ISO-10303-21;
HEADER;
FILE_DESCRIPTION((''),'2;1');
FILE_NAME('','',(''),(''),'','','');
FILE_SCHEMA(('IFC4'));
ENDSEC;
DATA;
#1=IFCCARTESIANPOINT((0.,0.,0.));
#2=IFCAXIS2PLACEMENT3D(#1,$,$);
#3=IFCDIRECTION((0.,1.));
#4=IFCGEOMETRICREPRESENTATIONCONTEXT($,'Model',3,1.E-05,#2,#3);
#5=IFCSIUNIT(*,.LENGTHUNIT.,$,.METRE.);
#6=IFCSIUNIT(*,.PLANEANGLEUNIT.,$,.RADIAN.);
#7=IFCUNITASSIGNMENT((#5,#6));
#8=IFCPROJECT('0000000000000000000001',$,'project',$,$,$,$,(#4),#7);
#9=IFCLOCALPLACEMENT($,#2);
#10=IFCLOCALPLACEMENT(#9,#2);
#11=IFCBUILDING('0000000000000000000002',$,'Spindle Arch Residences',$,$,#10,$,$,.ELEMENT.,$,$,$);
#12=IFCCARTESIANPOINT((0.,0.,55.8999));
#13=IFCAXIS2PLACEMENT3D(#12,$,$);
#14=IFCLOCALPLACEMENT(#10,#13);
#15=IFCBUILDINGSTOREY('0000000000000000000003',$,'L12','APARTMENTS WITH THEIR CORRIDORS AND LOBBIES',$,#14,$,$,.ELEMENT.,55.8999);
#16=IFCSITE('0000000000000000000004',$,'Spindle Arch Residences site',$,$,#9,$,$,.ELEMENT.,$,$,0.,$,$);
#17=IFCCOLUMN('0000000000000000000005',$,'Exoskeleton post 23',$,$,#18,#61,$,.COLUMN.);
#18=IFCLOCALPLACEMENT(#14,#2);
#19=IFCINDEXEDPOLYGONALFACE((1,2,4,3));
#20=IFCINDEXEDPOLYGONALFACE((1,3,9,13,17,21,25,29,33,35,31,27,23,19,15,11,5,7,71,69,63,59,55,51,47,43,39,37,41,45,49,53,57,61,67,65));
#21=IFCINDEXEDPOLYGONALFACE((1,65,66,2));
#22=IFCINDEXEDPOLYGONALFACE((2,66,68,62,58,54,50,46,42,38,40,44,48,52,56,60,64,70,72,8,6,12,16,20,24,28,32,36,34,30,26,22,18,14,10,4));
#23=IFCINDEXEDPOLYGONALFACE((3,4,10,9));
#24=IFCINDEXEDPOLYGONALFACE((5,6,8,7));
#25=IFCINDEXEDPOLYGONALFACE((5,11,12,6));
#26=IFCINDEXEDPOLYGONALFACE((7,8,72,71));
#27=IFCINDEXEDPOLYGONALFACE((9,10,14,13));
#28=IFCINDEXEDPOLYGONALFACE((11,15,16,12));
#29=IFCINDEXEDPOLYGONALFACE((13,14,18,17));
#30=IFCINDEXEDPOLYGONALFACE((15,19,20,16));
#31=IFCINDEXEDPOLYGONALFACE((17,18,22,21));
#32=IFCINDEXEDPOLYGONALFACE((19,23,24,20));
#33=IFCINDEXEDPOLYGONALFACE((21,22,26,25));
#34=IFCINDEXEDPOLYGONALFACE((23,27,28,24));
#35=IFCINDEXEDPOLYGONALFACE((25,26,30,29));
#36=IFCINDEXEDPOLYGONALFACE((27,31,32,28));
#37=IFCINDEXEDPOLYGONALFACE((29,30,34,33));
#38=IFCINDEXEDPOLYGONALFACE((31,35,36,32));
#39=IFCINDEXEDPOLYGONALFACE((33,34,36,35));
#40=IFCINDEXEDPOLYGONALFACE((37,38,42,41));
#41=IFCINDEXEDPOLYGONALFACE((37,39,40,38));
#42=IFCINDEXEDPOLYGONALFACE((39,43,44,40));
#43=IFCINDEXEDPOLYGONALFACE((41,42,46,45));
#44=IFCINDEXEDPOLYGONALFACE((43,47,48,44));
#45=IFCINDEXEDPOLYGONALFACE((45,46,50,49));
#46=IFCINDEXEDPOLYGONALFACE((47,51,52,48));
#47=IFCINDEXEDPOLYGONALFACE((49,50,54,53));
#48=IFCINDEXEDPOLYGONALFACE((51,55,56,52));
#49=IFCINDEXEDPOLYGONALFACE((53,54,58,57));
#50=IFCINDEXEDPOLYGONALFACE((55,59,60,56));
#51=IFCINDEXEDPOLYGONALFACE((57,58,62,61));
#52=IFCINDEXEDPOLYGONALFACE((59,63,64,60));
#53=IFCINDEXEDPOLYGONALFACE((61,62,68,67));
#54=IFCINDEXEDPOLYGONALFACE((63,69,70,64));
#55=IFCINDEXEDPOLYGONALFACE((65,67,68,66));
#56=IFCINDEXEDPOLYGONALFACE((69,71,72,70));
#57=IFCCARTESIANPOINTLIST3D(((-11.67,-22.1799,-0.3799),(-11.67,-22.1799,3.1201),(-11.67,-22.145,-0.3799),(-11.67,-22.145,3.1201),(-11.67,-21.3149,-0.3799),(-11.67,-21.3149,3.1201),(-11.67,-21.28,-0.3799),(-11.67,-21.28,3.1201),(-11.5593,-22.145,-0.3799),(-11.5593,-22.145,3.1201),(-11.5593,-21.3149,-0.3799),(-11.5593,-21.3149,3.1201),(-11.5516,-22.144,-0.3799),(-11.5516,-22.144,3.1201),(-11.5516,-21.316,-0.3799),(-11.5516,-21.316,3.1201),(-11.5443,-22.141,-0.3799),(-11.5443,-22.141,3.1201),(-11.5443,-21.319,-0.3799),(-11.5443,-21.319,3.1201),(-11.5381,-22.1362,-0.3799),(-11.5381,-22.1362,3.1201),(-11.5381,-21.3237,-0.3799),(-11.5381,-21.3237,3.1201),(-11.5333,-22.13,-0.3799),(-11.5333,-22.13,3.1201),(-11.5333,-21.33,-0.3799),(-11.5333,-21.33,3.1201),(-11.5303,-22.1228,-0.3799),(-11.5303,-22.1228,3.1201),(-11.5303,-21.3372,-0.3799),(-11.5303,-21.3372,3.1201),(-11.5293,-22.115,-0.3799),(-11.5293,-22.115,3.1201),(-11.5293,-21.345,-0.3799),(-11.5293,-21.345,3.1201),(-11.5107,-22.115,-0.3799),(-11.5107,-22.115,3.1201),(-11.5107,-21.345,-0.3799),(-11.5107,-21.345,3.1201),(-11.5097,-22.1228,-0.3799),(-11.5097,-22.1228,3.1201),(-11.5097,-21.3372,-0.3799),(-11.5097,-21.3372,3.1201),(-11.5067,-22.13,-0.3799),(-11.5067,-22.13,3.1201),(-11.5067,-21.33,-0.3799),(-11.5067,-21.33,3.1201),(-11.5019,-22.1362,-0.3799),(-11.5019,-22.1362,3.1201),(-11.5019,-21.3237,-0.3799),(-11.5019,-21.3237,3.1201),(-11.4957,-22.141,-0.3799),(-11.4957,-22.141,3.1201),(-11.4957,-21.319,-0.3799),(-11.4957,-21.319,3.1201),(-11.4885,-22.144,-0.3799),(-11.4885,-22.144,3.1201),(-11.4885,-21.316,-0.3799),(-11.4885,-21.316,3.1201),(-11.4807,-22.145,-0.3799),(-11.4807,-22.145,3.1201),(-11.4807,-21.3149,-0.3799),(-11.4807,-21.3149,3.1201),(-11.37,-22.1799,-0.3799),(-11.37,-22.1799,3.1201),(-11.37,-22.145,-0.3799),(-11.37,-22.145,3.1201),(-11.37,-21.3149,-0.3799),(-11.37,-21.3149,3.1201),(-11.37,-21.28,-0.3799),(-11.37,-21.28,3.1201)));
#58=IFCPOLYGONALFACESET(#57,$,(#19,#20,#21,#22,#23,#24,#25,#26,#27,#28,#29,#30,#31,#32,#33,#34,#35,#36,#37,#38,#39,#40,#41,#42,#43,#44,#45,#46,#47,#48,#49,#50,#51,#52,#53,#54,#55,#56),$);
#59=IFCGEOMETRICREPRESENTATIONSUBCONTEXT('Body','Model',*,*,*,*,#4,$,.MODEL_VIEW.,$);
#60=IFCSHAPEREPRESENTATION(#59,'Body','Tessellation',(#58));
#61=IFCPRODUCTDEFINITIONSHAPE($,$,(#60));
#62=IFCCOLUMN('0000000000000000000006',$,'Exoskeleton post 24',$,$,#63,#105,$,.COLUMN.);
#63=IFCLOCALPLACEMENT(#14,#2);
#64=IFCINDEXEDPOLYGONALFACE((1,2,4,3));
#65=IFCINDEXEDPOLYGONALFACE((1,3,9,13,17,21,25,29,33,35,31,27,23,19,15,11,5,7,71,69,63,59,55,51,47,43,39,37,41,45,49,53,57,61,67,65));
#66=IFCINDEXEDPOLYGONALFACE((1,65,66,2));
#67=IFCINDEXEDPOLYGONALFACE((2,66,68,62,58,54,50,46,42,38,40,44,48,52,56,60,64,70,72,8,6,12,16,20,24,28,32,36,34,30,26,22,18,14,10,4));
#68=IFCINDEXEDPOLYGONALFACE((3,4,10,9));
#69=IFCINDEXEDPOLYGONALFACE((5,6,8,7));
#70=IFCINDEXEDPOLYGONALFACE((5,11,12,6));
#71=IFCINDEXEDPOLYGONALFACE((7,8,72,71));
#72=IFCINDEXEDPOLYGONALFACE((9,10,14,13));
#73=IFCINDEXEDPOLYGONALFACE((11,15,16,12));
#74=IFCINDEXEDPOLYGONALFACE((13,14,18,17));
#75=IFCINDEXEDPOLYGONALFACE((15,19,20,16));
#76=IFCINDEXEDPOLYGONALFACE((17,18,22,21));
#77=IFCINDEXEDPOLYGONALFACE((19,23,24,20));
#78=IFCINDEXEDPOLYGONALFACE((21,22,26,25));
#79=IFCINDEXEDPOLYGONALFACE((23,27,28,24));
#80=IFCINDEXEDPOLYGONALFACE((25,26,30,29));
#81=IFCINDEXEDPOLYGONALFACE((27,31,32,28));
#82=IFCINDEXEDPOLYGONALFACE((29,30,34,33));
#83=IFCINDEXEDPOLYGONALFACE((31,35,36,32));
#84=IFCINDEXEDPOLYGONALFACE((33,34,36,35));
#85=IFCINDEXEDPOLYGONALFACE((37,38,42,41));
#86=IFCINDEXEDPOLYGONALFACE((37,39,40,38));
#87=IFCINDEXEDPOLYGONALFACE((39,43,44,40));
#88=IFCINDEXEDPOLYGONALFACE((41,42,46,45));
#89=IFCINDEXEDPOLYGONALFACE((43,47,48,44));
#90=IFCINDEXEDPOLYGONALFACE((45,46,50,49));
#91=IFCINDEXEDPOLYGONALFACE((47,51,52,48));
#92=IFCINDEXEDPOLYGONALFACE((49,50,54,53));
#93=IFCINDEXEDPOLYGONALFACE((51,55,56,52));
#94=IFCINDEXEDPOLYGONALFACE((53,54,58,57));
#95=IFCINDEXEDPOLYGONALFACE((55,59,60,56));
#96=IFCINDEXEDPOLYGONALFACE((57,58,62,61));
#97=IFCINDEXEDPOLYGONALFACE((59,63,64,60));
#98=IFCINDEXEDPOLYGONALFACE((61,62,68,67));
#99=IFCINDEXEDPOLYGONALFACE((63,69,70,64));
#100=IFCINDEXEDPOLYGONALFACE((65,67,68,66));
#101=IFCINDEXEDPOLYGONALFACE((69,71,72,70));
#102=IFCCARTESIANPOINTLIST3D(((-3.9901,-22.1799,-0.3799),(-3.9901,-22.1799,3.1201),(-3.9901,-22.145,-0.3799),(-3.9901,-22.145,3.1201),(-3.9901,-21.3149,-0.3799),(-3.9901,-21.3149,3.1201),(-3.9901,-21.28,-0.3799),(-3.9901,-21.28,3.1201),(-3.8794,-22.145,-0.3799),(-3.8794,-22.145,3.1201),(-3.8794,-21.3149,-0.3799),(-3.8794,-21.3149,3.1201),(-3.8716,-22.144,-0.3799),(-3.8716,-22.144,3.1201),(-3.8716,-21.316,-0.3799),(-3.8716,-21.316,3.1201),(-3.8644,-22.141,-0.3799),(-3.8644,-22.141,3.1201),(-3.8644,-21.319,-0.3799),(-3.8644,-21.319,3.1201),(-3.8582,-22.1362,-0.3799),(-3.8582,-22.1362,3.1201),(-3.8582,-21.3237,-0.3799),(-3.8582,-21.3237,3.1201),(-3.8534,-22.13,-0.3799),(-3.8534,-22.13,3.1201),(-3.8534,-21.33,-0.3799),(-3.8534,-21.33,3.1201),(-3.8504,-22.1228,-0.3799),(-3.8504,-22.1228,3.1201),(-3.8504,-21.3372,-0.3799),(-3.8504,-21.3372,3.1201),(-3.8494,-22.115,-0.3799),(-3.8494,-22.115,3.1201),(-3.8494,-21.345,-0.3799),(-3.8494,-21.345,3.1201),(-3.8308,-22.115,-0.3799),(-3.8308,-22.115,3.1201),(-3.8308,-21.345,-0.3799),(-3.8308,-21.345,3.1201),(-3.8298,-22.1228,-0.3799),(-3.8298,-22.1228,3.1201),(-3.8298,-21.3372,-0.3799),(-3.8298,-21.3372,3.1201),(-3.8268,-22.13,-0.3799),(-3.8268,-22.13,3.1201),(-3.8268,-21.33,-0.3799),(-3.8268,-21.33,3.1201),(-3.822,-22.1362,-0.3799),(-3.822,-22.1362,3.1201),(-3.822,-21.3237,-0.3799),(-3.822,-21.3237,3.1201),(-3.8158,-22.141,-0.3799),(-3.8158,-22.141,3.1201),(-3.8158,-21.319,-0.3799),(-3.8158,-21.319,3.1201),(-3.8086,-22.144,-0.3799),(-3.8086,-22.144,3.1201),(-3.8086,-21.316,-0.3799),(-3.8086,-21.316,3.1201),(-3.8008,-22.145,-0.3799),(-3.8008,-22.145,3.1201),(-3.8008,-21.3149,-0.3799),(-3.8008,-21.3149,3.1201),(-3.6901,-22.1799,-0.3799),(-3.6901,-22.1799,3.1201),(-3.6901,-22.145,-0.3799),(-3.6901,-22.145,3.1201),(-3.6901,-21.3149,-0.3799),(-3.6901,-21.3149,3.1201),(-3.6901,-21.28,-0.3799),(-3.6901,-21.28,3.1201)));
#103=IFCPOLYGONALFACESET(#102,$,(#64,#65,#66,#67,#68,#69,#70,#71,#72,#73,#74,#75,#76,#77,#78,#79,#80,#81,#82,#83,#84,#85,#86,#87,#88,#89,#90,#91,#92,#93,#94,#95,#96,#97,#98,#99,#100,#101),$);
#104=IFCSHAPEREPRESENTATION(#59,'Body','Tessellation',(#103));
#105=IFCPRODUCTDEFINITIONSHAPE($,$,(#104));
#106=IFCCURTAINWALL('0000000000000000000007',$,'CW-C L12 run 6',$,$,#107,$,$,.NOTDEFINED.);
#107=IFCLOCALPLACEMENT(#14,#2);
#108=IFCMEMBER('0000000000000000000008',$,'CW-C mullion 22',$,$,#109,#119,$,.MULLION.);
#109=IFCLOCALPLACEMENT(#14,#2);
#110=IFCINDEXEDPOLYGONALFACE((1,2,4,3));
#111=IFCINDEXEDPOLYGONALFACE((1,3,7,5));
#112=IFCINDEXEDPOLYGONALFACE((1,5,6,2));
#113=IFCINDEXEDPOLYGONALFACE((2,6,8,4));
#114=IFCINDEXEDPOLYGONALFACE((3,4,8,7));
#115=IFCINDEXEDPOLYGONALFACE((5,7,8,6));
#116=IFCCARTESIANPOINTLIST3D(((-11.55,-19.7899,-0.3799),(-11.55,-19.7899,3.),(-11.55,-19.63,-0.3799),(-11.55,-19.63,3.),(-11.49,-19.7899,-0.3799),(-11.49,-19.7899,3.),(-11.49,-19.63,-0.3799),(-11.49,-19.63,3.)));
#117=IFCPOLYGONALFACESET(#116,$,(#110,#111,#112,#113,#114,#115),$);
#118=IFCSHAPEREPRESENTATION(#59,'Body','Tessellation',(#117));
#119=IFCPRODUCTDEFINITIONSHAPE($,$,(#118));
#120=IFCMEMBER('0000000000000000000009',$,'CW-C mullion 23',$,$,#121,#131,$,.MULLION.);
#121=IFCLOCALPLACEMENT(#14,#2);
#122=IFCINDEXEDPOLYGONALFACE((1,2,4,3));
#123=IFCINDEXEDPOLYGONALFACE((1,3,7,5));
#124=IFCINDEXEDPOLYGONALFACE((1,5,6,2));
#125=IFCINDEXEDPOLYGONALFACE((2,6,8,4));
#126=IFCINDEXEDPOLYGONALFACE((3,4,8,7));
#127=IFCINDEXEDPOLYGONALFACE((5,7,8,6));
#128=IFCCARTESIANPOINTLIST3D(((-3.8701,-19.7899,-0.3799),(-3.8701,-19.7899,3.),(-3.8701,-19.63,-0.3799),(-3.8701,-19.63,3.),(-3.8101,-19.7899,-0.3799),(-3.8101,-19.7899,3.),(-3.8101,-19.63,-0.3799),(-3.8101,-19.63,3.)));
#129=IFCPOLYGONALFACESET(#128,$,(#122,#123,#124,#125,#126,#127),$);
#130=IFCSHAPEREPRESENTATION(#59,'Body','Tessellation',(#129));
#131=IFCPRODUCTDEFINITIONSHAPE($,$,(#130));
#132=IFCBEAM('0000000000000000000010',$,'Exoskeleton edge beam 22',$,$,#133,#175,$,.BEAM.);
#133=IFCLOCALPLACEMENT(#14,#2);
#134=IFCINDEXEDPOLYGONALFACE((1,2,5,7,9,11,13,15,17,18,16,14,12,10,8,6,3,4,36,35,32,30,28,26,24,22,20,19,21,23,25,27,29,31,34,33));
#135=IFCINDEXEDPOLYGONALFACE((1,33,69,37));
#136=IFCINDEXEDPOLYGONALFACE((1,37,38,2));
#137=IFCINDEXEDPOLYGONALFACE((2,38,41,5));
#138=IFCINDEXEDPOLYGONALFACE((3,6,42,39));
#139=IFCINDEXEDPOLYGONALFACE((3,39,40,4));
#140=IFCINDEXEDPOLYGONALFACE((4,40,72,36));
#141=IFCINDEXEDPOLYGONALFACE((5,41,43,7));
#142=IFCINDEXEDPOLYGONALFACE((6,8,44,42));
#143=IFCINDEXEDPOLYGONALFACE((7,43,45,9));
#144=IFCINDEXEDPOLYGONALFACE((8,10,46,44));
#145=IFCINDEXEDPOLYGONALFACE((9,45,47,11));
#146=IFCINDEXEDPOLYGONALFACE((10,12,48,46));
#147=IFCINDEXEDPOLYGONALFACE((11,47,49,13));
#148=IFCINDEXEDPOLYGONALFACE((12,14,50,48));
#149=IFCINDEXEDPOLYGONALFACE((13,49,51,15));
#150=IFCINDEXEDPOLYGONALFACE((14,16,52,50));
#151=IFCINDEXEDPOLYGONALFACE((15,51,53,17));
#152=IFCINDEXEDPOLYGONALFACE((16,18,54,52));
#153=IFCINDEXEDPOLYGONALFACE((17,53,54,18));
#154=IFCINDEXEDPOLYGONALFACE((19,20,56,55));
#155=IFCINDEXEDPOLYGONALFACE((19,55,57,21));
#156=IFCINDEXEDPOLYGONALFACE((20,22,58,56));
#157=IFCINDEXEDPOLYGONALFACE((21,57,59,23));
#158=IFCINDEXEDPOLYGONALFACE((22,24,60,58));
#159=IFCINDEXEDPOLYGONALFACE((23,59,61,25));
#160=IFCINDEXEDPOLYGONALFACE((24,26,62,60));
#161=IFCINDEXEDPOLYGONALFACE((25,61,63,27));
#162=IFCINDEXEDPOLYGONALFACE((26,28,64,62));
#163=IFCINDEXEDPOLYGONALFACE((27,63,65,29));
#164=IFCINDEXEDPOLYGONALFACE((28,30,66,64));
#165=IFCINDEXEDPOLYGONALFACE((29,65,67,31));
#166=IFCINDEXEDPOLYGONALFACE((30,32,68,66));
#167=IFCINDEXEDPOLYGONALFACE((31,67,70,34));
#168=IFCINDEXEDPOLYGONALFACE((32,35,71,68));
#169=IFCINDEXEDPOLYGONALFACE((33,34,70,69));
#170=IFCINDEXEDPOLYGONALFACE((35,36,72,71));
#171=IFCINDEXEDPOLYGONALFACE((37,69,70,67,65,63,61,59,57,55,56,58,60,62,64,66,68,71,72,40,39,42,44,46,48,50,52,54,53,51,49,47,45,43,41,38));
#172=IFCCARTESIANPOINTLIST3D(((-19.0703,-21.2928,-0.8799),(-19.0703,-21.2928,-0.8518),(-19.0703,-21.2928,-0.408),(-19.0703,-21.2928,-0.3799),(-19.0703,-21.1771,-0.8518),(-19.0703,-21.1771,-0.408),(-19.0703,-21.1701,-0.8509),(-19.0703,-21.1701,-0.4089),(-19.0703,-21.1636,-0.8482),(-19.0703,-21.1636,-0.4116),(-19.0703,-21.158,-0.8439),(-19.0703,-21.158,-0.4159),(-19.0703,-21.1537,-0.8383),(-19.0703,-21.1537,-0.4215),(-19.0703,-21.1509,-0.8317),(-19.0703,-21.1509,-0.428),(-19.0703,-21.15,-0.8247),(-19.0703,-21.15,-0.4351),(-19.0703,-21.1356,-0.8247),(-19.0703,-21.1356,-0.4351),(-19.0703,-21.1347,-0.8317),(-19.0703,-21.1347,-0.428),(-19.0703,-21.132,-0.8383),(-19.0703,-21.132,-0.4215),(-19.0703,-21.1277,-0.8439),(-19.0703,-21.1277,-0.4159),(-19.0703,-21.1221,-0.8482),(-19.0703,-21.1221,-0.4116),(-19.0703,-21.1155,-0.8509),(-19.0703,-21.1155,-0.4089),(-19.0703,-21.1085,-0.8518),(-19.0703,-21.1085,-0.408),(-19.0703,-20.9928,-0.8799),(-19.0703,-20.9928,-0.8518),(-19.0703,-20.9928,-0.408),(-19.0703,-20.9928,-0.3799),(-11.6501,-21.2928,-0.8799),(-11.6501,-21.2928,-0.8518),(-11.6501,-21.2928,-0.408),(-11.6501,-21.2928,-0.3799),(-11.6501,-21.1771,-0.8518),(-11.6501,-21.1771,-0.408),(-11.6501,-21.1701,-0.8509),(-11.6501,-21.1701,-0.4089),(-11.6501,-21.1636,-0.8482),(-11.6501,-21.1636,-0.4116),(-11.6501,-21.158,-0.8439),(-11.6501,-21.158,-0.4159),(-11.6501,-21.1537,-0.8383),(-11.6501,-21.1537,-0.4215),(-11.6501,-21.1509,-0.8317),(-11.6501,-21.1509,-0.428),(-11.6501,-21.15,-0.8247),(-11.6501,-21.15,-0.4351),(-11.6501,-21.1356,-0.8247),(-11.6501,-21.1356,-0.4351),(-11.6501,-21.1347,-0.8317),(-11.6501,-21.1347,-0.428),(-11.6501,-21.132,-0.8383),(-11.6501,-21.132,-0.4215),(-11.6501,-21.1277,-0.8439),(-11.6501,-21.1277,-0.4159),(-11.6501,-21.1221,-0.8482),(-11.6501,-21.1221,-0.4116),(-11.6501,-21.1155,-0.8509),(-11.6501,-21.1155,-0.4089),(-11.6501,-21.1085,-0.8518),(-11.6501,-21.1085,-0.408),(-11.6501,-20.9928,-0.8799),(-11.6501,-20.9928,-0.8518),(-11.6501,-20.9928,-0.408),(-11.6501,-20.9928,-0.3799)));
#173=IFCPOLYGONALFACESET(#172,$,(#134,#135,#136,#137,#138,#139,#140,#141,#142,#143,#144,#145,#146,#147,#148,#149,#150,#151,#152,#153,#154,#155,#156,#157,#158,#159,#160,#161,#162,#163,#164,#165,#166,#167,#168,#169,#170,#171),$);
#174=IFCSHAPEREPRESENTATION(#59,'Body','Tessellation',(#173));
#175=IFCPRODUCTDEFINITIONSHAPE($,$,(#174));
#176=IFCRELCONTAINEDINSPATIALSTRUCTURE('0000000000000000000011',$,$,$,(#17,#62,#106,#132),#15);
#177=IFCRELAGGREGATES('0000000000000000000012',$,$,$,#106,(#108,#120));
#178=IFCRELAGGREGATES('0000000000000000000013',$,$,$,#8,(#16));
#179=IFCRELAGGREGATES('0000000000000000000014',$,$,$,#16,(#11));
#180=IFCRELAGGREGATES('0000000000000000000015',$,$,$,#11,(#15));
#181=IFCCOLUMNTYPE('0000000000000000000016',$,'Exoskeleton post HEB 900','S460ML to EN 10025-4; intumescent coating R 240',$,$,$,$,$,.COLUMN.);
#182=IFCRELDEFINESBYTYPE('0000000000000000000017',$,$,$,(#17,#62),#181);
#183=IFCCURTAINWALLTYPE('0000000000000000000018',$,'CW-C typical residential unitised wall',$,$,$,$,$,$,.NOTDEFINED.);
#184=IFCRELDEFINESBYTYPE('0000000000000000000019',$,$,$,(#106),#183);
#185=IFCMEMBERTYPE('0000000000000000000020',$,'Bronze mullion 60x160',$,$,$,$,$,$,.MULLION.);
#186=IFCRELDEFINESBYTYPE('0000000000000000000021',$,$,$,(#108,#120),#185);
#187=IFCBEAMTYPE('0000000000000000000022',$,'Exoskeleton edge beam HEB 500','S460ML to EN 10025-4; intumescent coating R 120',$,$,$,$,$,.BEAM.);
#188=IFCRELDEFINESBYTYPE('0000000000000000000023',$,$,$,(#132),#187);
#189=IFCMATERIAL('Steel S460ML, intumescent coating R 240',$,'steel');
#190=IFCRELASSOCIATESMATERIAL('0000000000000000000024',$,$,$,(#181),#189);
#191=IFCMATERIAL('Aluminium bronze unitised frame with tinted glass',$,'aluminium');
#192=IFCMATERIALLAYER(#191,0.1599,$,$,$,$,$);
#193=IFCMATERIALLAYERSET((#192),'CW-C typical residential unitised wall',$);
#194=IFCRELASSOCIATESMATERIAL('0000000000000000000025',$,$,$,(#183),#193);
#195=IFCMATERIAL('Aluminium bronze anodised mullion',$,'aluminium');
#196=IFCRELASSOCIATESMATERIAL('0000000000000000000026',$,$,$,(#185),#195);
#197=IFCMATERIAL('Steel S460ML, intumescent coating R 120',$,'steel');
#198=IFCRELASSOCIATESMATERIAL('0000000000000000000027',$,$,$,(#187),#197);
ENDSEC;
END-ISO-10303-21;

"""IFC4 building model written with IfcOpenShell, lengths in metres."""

from ifc_helpers import new_model, si_unit, direction, frame, origin, origin_2d, place, context, subcontext, project, spatial, rectangle, i_section, extrude, material, layer, layer_set, material_profile, profile_set, type_object, element, aggregate, save


model = new_model("IFC4")

# Units and contexts
model_context = context("Model", 3, precision=1e-05, world=origin(), true_north=direction((0.0, 1.0)))
body_context = subcontext(model_context, "Body", "Model", "MODEL_VIEW")
ifc_project = project(units=[si_unit("LENGTHUNIT", "METRE"), si_unit("PLANEANGLEUNIT", "RADIAN")], contexts=[model_context])

# Site, building, storey
site_placement = place(None, origin())
site = spatial("IfcSite", under=ifc_project, at=site_placement, Name="Spindle Arch Residences site", CompositionType="ELEMENT", RefElevation=0.0)
building_placement = place(site_placement, origin())
building = spatial("IfcBuilding", under=site, at=building_placement, Name="Spindle Arch Residences", CompositionType="ELEMENT")
storey_placement = place(building_placement, frame((0.0, 0.0, 55.8999)))
storey = spatial("IfcBuildingStorey", under=building, at=storey_placement, Name="L12", Description="APARTMENTS WITH THEIR CORRIDORS AND LOBBIES", CompositionType="ELEMENT", Elevation=55.8999)

# Columns
ifc_material_1 = material(Name="Steel S460ML, intumescent coating R 240", Category="steel")
ifc_material_profile_1 = material_profile(ifc_material_1, i_section(OverallWidth=0.3, OverallDepth=0.8999, WebThickness=0.0186, FlangeThickness=0.0349, FilletRadius=0.03, at=origin_2d()), Name="HEB 900")
ifc_profile_set_1 = profile_set([ifc_material_profile_1], Name="Steel S460ML, intumescent coating R 240")
column_type = type_object("IfcColumnType", Name="Exoskeleton post HEB 900", Description="S460ML to EN 10025-4; intumescent coating R 240", PredefinedType="COLUMN", material=ifc_profile_set_1)
for number, where, z_axis, x_axis, name in (
    (1, (-11.52, -21.73, -0.3799), (0.0, 0.0, 1.0), (-1.0, 0.0, 0.0), "Exoskeleton post 23"),
    (2, (-3.8401, -21.73, -0.3799), (0.0, 0.0, 1.0), (-1.0, 0.0, 0.0), "Exoskeleton post 24"),
):
    element("IfcColumn", number, at=place(storey_placement, frame(where, z_axis=z_axis, x_axis=x_axis)), inside=storey, type_object=column_type, Name=name, PredefinedType="COLUMN", context=body_context, shape_type="SweptSolid", body=[
        extrude(i_section(OverallWidth=0.3, OverallDepth=0.8999, WebThickness=0.0186, FlangeThickness=0.0349, FilletRadius=0.03, at=origin_2d()), origin(), (0.0, 0.0, 1.0), 3.5),
    ])

# Curtain wall, members
ifc_material_2 = material(Name="Aluminium bronze unitised frame with tinted glass", Category="aluminium")
ifc_layer_1 = layer(ifc_material_2, 0.1599)
ifc_layer_set_1 = layer_set([ifc_layer_1], Name="CW-C typical residential unitised wall")
curtain_wall_type = type_object("IfcCurtainWallType", Name="CW-C typical residential unitised wall", PredefinedType="NOTDEFINED", material=ifc_layer_set_1)
curtain_wall_placement = place(storey_placement, origin())
curtain_wall = element("IfcCurtainWall", 3, at=curtain_wall_placement, inside=storey, type_object=curtain_wall_type, Name="CW-C L12 run 6", PredefinedType="NOTDEFINED")
ifc_material_3 = material(Name="Aluminium bronze anodised mullion", Category="aluminium")
ifc_material_profile_2 = material_profile(ifc_material_3, rectangle(XDim=0.1599, YDim=0.0601, at=origin_2d()), Name="MU 60x160")
ifc_profile_set_2 = profile_set([ifc_material_profile_2], Name="Aluminium bronze anodised mullion")
member_type = type_object("IfcMemberType", Name="Bronze mullion 60x160", PredefinedType="MULLION", material=ifc_profile_set_2)
member_1_placement = place(storey_placement, frame((-11.52, -19.71, -0.3799), z_axis=(0.0, 0.0, 1.0), x_axis=(0.0, 1.0, 0.0)))
member_1 = element("IfcMember", 4, at=member_1_placement, type_object=member_type, Name="CW-C mullion 22", PredefinedType="MULLION", context=body_context, shape_type="SweptSolid", body=[
    extrude(rectangle(XDim=0.1599, YDim=0.0601, at=origin_2d()), origin(), (0.0, 0.0, 1.0), 3.3799),
])
member_2_placement = place(storey_placement, frame((-3.8401, -19.71, -0.3799), z_axis=(0.0, 0.0, 1.0), x_axis=(0.0, 1.0, 0.0)))
member_2 = element("IfcMember", 5, at=member_2_placement, type_object=member_type, Name="CW-C mullion 23", PredefinedType="MULLION", context=body_context, shape_type="SweptSolid", body=[
    extrude(rectangle(XDim=0.1599, YDim=0.0601, at=origin_2d()), origin(), (0.0, 0.0, 1.0), 3.3799),
])

# Beam
ifc_material_4 = material(Name="Steel S460ML, intumescent coating R 120", Category="steel")
ifc_material_profile_3 = material_profile(ifc_material_4, i_section(OverallWidth=0.3, OverallDepth=0.5, WebThickness=0.0144, FlangeThickness=0.0281, FilletRadius=0.0271, at=origin_2d()), Name="HEB 500")
ifc_profile_set_3 = profile_set([ifc_material_profile_3], Name="Steel S460ML, intumescent coating R 120")
beam_type_1 = type_object("IfcBeamType", Name="Exoskeleton edge beam HEB 500", Description="S460ML to EN 10025-4; intumescent coating R 120", PredefinedType="BEAM", material=ifc_profile_set_3)
for number, where, z_axis, x_axis, name in (
    (6, (-19.0703, -21.1428, -0.6299), (1.0, 0.0, 0.0), (0.0, 1.0, 0.0), "Exoskeleton edge beam 22"),
):
    element("IfcBeam", number, at=place(storey_placement, frame(where, z_axis=z_axis, x_axis=x_axis)), inside=storey, type_object=beam_type_1, Name=name, PredefinedType="BEAM", context=body_context, shape_type="SweptSolid", body=[
        extrude(i_section(OverallWidth=0.3, OverallDepth=0.5, WebThickness=0.0144, FlangeThickness=0.0281, FilletRadius=0.0271, at=origin_2d()), origin(), (0.0, 0.0, 1.0), 7.4202),
    ])

aggregate(curtain_wall, [member_1, member_2])

save(model, "model.ifc")
